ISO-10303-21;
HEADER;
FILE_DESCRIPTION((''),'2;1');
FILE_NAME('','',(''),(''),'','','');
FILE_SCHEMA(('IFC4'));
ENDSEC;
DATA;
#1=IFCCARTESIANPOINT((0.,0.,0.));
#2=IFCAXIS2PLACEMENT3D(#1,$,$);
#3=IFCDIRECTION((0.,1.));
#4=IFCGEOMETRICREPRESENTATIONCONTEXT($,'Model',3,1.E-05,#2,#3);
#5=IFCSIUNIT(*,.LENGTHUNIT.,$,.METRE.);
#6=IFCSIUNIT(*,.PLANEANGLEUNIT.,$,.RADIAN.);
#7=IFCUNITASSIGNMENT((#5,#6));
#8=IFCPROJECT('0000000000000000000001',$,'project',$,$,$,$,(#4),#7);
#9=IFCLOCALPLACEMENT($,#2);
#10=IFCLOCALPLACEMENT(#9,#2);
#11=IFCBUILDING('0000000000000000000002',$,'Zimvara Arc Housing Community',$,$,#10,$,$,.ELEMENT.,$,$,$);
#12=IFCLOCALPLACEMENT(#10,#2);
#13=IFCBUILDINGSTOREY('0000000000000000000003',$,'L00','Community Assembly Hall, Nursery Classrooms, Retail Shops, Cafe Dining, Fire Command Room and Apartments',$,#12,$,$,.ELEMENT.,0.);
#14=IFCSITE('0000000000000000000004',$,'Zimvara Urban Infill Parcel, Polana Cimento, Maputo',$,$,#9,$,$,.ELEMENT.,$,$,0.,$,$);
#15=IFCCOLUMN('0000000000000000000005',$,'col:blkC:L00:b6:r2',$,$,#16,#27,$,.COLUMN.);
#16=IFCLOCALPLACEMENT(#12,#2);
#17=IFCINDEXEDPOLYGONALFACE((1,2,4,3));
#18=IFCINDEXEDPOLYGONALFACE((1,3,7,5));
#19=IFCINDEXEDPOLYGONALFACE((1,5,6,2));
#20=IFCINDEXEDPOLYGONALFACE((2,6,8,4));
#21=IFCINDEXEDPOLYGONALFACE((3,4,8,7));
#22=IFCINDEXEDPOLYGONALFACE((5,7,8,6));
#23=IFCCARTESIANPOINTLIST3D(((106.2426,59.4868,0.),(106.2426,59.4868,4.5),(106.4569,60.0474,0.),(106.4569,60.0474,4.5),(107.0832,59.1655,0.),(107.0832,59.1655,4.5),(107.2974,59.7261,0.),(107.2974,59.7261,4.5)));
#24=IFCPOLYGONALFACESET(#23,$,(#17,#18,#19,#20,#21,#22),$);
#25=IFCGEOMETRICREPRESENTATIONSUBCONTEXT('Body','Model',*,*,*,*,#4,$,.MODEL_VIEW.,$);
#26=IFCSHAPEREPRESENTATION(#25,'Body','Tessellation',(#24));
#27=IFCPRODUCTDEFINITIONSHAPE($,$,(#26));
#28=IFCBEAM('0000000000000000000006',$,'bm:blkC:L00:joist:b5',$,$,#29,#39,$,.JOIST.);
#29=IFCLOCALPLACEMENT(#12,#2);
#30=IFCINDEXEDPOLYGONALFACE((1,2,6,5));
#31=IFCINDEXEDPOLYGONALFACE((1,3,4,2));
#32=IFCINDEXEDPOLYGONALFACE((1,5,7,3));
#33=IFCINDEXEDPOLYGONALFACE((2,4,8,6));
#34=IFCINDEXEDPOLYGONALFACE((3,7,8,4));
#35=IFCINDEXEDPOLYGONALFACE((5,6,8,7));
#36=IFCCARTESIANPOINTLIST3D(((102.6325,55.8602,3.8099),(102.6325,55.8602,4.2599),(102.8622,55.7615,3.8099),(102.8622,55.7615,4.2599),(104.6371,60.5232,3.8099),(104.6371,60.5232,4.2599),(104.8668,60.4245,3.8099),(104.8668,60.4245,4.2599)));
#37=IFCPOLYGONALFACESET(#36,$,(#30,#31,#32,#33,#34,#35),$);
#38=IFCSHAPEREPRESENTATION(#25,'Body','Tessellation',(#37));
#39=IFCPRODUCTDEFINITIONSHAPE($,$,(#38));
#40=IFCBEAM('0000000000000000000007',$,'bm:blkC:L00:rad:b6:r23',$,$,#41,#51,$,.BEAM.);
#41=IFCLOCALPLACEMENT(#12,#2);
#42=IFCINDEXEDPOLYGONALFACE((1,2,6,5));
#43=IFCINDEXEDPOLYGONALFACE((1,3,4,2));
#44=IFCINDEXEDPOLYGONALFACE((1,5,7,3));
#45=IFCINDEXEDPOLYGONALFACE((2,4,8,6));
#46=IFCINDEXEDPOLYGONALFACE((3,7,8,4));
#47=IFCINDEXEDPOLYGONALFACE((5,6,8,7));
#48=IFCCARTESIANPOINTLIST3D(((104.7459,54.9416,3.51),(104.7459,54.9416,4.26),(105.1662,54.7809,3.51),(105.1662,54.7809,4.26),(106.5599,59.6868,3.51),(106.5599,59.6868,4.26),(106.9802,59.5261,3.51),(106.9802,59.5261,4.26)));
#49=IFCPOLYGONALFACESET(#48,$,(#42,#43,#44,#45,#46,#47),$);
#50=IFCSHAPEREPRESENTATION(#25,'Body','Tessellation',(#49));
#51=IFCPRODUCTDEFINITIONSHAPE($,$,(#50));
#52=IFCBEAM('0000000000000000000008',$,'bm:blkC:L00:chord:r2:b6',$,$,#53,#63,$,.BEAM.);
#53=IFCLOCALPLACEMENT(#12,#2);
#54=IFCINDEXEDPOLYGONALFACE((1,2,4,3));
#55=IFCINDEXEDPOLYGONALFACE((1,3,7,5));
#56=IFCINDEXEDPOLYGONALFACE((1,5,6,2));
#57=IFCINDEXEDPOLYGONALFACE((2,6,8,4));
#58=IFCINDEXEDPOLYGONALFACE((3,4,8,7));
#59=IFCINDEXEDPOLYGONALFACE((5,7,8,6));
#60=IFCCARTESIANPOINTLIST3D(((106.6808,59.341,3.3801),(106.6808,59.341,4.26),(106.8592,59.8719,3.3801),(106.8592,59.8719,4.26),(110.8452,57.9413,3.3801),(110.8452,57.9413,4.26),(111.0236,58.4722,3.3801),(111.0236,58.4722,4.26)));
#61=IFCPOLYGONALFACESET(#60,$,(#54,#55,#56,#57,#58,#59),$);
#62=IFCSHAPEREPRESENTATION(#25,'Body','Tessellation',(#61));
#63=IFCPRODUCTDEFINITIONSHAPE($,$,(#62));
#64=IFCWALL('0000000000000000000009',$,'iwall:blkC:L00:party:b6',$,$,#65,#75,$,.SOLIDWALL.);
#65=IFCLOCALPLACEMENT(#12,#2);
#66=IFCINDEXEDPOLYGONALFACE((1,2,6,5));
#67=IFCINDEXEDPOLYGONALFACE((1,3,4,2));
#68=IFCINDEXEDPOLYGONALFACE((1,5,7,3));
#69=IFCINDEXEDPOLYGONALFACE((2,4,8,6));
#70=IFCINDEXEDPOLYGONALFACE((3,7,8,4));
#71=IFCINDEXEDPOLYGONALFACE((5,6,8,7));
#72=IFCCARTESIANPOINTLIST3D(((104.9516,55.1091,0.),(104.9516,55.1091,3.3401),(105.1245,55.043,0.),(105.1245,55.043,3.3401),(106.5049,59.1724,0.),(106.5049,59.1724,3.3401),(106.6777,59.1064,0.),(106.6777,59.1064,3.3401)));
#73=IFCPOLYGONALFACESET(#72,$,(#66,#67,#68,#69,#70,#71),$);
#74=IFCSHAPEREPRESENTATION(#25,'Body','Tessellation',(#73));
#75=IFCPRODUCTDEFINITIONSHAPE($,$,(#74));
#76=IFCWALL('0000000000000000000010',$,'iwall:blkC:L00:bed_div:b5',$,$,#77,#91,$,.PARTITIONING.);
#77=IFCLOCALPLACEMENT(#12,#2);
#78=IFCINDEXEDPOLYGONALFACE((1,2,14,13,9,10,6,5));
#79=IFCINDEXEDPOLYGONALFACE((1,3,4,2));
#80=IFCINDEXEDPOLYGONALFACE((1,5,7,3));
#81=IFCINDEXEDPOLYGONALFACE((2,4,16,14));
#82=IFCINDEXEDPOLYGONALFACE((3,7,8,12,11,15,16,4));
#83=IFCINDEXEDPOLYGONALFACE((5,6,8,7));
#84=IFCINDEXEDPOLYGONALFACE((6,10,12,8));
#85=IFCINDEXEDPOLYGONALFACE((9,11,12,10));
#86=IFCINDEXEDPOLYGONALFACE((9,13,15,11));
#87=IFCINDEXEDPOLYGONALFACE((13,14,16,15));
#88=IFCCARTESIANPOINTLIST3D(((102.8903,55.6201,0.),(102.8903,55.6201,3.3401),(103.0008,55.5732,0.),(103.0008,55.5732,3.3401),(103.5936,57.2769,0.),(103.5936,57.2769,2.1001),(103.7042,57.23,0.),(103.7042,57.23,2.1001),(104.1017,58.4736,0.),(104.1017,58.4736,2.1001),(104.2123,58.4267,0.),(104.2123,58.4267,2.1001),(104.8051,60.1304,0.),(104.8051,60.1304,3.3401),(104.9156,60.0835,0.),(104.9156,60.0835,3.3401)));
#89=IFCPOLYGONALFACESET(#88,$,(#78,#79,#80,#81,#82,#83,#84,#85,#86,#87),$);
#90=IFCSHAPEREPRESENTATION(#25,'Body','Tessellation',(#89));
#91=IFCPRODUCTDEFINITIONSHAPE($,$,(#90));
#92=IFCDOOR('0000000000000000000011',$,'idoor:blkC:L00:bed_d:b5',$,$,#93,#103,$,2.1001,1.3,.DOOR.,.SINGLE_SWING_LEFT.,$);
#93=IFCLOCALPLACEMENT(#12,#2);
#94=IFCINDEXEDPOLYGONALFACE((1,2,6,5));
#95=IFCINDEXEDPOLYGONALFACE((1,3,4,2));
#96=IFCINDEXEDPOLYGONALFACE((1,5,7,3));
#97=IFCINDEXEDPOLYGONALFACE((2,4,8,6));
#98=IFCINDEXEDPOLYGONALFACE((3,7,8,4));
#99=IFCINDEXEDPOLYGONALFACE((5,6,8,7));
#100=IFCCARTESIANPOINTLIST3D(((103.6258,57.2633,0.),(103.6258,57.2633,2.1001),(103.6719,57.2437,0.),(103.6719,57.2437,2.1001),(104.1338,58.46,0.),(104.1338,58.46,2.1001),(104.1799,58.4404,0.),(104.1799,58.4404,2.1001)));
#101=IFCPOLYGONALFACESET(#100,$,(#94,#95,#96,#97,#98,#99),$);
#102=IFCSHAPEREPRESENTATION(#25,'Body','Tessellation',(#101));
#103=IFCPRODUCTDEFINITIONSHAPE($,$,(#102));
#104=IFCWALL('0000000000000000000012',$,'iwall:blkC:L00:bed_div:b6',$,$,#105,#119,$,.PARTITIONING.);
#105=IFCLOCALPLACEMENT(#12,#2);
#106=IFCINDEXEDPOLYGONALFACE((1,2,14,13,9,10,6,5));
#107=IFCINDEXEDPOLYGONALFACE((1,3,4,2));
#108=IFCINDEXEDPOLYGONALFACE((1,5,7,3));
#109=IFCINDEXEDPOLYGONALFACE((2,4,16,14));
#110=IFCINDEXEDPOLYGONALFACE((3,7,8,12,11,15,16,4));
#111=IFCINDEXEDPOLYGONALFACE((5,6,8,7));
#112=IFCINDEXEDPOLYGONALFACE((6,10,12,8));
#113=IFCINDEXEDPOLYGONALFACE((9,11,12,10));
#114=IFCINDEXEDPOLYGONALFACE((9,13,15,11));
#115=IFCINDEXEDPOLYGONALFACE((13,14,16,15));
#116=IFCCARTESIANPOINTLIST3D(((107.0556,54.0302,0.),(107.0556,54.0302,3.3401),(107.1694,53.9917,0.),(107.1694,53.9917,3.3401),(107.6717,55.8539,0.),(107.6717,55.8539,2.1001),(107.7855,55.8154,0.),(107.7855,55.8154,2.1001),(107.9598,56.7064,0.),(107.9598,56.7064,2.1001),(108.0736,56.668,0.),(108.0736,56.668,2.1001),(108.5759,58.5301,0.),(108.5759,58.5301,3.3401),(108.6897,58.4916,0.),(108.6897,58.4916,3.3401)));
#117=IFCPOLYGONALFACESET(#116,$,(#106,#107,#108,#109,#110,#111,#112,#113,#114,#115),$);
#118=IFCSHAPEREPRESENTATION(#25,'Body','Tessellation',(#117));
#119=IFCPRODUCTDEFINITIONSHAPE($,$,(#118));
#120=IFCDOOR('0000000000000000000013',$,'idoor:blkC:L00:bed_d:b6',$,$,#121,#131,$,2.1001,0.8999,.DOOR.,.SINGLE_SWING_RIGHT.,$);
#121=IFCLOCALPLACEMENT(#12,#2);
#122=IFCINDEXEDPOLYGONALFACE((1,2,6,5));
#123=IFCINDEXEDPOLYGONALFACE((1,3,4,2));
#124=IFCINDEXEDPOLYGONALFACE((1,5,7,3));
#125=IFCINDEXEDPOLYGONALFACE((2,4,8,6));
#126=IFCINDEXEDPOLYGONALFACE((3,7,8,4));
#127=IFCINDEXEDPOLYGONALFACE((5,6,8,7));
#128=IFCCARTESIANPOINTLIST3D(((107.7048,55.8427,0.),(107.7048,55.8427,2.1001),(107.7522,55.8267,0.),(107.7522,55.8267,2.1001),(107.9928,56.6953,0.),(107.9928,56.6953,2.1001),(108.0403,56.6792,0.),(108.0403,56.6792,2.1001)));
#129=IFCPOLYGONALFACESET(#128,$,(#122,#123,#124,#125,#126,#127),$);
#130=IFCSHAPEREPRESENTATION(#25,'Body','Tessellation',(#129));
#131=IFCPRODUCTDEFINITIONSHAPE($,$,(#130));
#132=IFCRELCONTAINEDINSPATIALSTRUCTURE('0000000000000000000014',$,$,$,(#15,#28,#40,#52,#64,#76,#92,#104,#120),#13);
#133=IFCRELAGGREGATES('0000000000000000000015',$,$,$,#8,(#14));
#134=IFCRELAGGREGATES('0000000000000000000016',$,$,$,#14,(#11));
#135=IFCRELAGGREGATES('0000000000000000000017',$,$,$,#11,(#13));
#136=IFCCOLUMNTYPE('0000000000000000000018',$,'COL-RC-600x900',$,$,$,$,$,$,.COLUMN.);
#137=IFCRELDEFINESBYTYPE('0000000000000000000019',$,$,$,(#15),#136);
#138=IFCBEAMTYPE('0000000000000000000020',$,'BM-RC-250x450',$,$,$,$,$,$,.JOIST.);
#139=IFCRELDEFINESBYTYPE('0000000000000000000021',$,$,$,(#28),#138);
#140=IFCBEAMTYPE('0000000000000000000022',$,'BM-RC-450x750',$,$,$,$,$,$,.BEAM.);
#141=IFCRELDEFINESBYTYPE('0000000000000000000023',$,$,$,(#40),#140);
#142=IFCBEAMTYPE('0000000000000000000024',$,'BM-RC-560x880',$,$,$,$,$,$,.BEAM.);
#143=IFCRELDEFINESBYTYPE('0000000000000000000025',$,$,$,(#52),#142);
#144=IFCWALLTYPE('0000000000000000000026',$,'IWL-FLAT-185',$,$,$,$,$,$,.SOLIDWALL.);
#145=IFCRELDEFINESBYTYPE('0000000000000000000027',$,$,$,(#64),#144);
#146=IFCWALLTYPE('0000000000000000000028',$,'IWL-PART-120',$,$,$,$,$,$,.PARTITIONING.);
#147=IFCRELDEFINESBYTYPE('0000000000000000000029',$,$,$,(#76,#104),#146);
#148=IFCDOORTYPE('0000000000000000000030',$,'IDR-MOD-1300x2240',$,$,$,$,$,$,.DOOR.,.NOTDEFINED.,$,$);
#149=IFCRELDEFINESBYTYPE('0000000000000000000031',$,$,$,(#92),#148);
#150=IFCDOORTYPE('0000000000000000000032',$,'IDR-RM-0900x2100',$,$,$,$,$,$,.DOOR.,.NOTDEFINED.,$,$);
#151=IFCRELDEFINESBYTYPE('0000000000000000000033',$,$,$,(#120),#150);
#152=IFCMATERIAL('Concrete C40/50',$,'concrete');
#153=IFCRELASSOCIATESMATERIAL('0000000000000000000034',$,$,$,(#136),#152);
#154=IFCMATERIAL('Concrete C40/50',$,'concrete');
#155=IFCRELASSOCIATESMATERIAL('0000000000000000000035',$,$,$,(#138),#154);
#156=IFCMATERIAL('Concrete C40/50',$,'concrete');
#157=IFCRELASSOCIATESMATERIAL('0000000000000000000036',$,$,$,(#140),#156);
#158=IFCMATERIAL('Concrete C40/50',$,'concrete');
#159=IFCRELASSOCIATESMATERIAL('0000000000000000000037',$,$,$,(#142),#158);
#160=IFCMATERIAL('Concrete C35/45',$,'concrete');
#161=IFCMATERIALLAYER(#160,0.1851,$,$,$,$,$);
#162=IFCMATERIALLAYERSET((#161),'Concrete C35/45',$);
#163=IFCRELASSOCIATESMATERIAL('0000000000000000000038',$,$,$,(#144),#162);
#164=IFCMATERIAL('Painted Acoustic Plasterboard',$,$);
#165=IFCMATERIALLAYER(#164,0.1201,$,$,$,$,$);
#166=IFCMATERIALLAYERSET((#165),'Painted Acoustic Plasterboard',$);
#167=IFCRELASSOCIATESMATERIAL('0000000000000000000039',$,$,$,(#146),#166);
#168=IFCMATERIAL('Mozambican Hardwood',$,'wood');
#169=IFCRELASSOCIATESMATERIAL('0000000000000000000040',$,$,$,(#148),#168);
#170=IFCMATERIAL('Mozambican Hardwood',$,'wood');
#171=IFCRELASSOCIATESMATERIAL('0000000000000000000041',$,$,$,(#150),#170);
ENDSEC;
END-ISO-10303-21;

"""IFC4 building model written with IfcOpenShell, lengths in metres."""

from ifc_helpers import new_model, si_unit, direction, frame, frame_2d, origin, origin_2d, place, context, subcontext, project, spatial, rectangle, extrude, material, layer, layer_set, material_profile, profile_set, type_object, element, fill, save


model = new_model("IFC4")

# Units and contexts
model_context = context("Model", 3, precision=1e-05, world=origin(), true_north=direction((0.0, 1.0)))
body_context = subcontext(model_context, "Body", "Model", "MODEL_VIEW")
ifc_project = project(units=[si_unit("LENGTHUNIT", "METRE"), si_unit("PLANEANGLEUNIT", "RADIAN")], contexts=[model_context])

# Site, building, storey
site_placement = place(None, origin())
site = spatial("IfcSite", under=ifc_project, at=site_placement, Name="Zimvara Urban Infill Parcel, Polana Cimento, Maputo", CompositionType="ELEMENT", RefElevation=0.0)
building_placement = place(site_placement, origin())
building = spatial("IfcBuilding", under=site, at=building_placement, Name="Zimvara Arc Housing Community", CompositionType="ELEMENT")
storey_placement = place(building_placement, origin())
storey = spatial("IfcBuildingStorey", under=building, at=storey_placement, Name="L00", Description="Community Assembly Hall, Nursery Classrooms, Retail Shops, Cafe Dining, Fire Command Room and Apartments", CompositionType="ELEMENT", Elevation=0.0)

# Column
ifc_material_1 = material(Name="Concrete C40/50", Category="concrete")
ifc_material_profile_1 = material_profile(ifc_material_1, rectangle(XDim=0.6001, YDim=0.8999, at=origin_2d()), Name="RC 600x900")
ifc_profile_set_1 = profile_set([ifc_material_profile_1], Name="Concrete C40/50")
column_type = type_object("IfcColumnType", Name="COL-RC-600x900", PredefinedType="COLUMN", material=ifc_profile_set_1)
column_placement = place(storey_placement, frame((106.77, 59.6064, 0.0), z_axis=(0.0, 0.0, 1.0), x_axis=(-0.357064, -0.93408, 0.0)))
element("IfcColumn", 1, at=column_placement, inside=storey, type_object=column_type, Name="col:blkC:L00:b6:r2", PredefinedType="COLUMN", context=body_context, shape_type="SweptSolid", body=[
    extrude(rectangle(XDim=0.6001, YDim=0.8999, at=origin_2d()), origin(), (0.0, 0.0, 1.0), 4.5),
])

# Beams
ifc_material_2 = material(Name="Concrete C40/50", Category="concrete")
ifc_material_profile_2 = material_profile(ifc_material_2, rectangle(XDim=0.25, YDim=0.45, at=origin_2d()), Name="RC 250x450")
ifc_profile_set_2 = profile_set([ifc_material_profile_2], Name="Concrete C40/50")
beam_type_1 = type_object("IfcBeamType", Name="BM-RC-250x450", PredefinedType="JOIST", material=ifc_profile_set_2)
beam_1_placement = place(storey_placement, frame((104.752, 60.4739, 4.0349), z_axis=(-0.394947, -0.918704, 0.0), x_axis=(0.918704, -0.394947, 0.0)))
element("IfcBeam", 2, at=beam_1_placement, inside=storey, type_object=beam_type_1, Name="bm:blkC:L00:joist:b5", PredefinedType="JOIST", context=body_context, shape_type="SweptSolid", body=[
    extrude(rectangle(XDim=0.25, YDim=0.45, at=origin_2d()), origin(), (0.0, 0.0, 1.0), 5.0757),
])
ifc_material_3 = material(Name="Concrete C40/50", Category="concrete")
ifc_material_profile_3 = material_profile(ifc_material_3, rectangle(XDim=0.45, YDim=0.75, at=origin_2d()), Name="RC 450x750")
ifc_profile_set_3 = profile_set([ifc_material_profile_3], Name="Concrete C40/50")
beam_type_2 = type_object("IfcBeamType", Name="BM-RC-450x750", PredefinedType="BEAM", material=ifc_profile_set_3)
beam_2_placement = place(storey_placement, frame((106.77, 59.6064, 3.885), z_axis=(-0.357078, -0.934074, 0.0), x_axis=(0.934074, -0.357078, 0.0)))
element("IfcBeam", 3, at=beam_2_placement, inside=storey, type_object=beam_type_2, Name="bm:blkC:L00:rad:b6:r23", PredefinedType="BEAM", context=body_context, shape_type="SweptSolid", body=[
    extrude(rectangle(XDim=0.45, YDim=0.75, at=origin_2d()), origin(), (0.0, 0.0, 1.0), 5.0801),
])
ifc_material_4 = material(Name="Concrete C40/50", Category="concrete")
ifc_material_profile_4 = material_profile(ifc_material_4, rectangle(XDim=0.5601, YDim=0.8799, at=origin_2d()), Name="RC 560x880")
ifc_profile_set_4 = profile_set([ifc_material_profile_4], Name="Concrete C40/50")
beam_type_3 = type_object("IfcBeamType", Name="BM-RC-560x880", PredefinedType="BEAM", material=ifc_profile_set_4)
beam_3_placement = place(storey_placement, frame((106.77, 59.6064, 3.8201), z_axis=(0.947891, -0.318594, 0.0), x_axis=(0.318594, 0.947891, 0.0)))
element("IfcBeam", 4, at=beam_3_placement, inside=storey, type_object=beam_type_3, Name="bm:blkC:L00:chord:r2:b6", PredefinedType="BEAM", context=body_context, shape_type="SweptSolid", body=[
    extrude(rectangle(XDim=0.5601, YDim=0.8799, at=origin_2d()), origin(), (0.0, 0.0, 1.0), 4.3933),
])

# Wall
ifc_material_5 = material(Name="Concrete C35/45", Category="concrete")
ifc_layer_1 = layer(ifc_material_5, 0.1851)
ifc_layer_set_1 = layer_set([ifc_layer_1], Name="Concrete C35/45")
wall_type_1 = type_object("IfcWallType", Name="IWL-FLAT-185", PredefinedType="SOLIDWALL", material=ifc_layer_set_1)
wall_1_placement = place(storey_placement, frame((106.5913, 59.1394, 0.0), z_axis=(0.0, 0.0, 1.0), x_axis=(-0.357064, -0.93408, 0.0)))
element("IfcWall", 5, at=wall_1_placement, inside=storey, type_object=wall_type_1, Name="iwall:blkC:L00:party:b6", PredefinedType="SOLIDWALL", context=body_context, shape_type="SweptSolid", body=[
    extrude(rectangle(XDim=4.3501, YDim=0.1851, at=frame_2d((2.175, 0.0))), origin(), (0.0, 0.0, 1.0), 3.3401),
])

# Walls, openings, doors
ifc_material_6 = material(Name="Painted Acoustic Plasterboard")
ifc_layer_2 = layer(ifc_material_6, 0.1201)
ifc_layer_set_2 = layer_set([ifc_layer_2], Name="Painted Acoustic Plasterboard")
wall_type_2 = type_object("IfcWallType", Name="IWL-PART-120", PredefinedType="PARTITIONING", material=ifc_layer_set_2)
wall_2_placement = place(storey_placement, frame((104.8604, 60.1069, 0.0), z_axis=(0.0, 0.0, 1.0), x_axis=(-0.390784, -0.920482, 0.0)))
wall_2 = element("IfcWall", 6, at=wall_2_placement, inside=storey, type_object=wall_type_2, Name="iwall:blkC:L00:bed_div:b5", PredefinedType="PARTITIONING", context=body_context, shape_type="SweptSolid", body=[
    extrude(rectangle(XDim=4.8999, YDim=0.1201, at=frame_2d((2.45, 0.0))), origin(), (0.0, 0.0, 1.0), 3.3401),
])
opening_1_placement = place(wall_2_placement, frame((1.8, 0.0, 0.0)))
opening_1 = element("IfcOpeningElement", 7, at=opening_1_placement, cuts=wall_2, PredefinedType="OPENING", context=body_context, shape_type="SweptSolid", body=[
    extrude(rectangle(XDim=1.3, YDim=2.1001, at=frame_2d((0.6499, 1.05))), frame((0.0, 0.0701, 0.0), z_axis=(0.0, -1.0, 0.0), x_axis=(1.0, 0.0, 0.0)), (0.0, 0.0, 1.0), 0.1401),
])
ifc_material_7 = material(Name="Mozambican Hardwood", Category="wood")
door_type_1 = type_object("IfcDoorType", Name="IDR-MOD-1300x2240", OperationType="NOTDEFINED", PredefinedType="DOOR", material=ifc_material_7)
door_1_placement = place(opening_1_placement, origin())
door_1 = element("IfcDoor", 8, at=door_1_placement, inside=storey, type_object=door_type_1, Name="idoor:blkC:L00:bed_d:b5", OperationType="SINGLE_SWING_LEFT", OverallHeight=2.1001, OverallWidth=1.3, PredefinedType="DOOR", context=body_context, shape_type="SweptSolid", body=[
    extrude(rectangle(XDim=1.3, YDim=2.1001, at=frame_2d((0.6499, 1.05))), frame((0.0, 0.0249, 0.0), z_axis=(0.0, -1.0, 0.0), x_axis=(1.0, 0.0, 0.0)), (0.0, 0.0, 1.0), 0.05),
])
fill(opening_1, door_1)
wall_3_placement = place(storey_placement, frame((108.6328, 58.511, 0.0), z_axis=(0.0, 0.0, 1.0), x_axis=(-0.320065, -0.947396, 0.0)))
wall_3 = element("IfcWall", 9, at=wall_3_placement, inside=storey, type_object=wall_type_2, Name="iwall:blkC:L00:bed_div:b6", PredefinedType="PARTITIONING", context=body_context, shape_type="SweptSolid", body=[
    extrude(rectangle(XDim=4.7498, YDim=0.1201, at=frame_2d((2.375, 0.0))), origin(), (0.0, 0.0, 1.0), 3.3401),
])
opening_2_placement = place(wall_3_placement, frame((1.925, 0.0, 0.0)))
opening_2 = element("IfcOpeningElement", 10, at=opening_2_placement, cuts=wall_3, PredefinedType="OPENING", context=body_context, shape_type="SweptSolid", body=[
    extrude(rectangle(XDim=0.8999, YDim=2.1001, at=frame_2d((0.45, 1.05))), frame((0.0, 0.0701, 0.0), z_axis=(0.0, -1.0, 0.0), x_axis=(1.0, 0.0, 0.0)), (0.0, 0.0, 1.0), 0.1401),
])
ifc_material_8 = material(Name="Mozambican Hardwood", Category="wood")
door_type_2 = type_object("IfcDoorType", Name="IDR-RM-0900x2100", OperationType="NOTDEFINED", PredefinedType="DOOR", material=ifc_material_8)
door_2_placement = place(opening_2_placement, origin())
door_2 = element("IfcDoor", 11, at=door_2_placement, inside=storey, type_object=door_type_2, Name="idoor:blkC:L00:bed_d:b6", OperationType="SINGLE_SWING_RIGHT", OverallHeight=2.1001, OverallWidth=0.8999, PredefinedType="DOOR", context=body_context, shape_type="SweptSolid", body=[
    extrude(rectangle(XDim=0.8999, YDim=2.1001, at=frame_2d((0.45, 1.05))), frame((0.0, 0.0249, 0.0), z_axis=(0.0, -1.0, 0.0), x_axis=(1.0, 0.0, 0.0)), (0.0, 0.0, 1.0), 0.05),
])
fill(opening_2, door_2)

save(model, "model.ifc")
